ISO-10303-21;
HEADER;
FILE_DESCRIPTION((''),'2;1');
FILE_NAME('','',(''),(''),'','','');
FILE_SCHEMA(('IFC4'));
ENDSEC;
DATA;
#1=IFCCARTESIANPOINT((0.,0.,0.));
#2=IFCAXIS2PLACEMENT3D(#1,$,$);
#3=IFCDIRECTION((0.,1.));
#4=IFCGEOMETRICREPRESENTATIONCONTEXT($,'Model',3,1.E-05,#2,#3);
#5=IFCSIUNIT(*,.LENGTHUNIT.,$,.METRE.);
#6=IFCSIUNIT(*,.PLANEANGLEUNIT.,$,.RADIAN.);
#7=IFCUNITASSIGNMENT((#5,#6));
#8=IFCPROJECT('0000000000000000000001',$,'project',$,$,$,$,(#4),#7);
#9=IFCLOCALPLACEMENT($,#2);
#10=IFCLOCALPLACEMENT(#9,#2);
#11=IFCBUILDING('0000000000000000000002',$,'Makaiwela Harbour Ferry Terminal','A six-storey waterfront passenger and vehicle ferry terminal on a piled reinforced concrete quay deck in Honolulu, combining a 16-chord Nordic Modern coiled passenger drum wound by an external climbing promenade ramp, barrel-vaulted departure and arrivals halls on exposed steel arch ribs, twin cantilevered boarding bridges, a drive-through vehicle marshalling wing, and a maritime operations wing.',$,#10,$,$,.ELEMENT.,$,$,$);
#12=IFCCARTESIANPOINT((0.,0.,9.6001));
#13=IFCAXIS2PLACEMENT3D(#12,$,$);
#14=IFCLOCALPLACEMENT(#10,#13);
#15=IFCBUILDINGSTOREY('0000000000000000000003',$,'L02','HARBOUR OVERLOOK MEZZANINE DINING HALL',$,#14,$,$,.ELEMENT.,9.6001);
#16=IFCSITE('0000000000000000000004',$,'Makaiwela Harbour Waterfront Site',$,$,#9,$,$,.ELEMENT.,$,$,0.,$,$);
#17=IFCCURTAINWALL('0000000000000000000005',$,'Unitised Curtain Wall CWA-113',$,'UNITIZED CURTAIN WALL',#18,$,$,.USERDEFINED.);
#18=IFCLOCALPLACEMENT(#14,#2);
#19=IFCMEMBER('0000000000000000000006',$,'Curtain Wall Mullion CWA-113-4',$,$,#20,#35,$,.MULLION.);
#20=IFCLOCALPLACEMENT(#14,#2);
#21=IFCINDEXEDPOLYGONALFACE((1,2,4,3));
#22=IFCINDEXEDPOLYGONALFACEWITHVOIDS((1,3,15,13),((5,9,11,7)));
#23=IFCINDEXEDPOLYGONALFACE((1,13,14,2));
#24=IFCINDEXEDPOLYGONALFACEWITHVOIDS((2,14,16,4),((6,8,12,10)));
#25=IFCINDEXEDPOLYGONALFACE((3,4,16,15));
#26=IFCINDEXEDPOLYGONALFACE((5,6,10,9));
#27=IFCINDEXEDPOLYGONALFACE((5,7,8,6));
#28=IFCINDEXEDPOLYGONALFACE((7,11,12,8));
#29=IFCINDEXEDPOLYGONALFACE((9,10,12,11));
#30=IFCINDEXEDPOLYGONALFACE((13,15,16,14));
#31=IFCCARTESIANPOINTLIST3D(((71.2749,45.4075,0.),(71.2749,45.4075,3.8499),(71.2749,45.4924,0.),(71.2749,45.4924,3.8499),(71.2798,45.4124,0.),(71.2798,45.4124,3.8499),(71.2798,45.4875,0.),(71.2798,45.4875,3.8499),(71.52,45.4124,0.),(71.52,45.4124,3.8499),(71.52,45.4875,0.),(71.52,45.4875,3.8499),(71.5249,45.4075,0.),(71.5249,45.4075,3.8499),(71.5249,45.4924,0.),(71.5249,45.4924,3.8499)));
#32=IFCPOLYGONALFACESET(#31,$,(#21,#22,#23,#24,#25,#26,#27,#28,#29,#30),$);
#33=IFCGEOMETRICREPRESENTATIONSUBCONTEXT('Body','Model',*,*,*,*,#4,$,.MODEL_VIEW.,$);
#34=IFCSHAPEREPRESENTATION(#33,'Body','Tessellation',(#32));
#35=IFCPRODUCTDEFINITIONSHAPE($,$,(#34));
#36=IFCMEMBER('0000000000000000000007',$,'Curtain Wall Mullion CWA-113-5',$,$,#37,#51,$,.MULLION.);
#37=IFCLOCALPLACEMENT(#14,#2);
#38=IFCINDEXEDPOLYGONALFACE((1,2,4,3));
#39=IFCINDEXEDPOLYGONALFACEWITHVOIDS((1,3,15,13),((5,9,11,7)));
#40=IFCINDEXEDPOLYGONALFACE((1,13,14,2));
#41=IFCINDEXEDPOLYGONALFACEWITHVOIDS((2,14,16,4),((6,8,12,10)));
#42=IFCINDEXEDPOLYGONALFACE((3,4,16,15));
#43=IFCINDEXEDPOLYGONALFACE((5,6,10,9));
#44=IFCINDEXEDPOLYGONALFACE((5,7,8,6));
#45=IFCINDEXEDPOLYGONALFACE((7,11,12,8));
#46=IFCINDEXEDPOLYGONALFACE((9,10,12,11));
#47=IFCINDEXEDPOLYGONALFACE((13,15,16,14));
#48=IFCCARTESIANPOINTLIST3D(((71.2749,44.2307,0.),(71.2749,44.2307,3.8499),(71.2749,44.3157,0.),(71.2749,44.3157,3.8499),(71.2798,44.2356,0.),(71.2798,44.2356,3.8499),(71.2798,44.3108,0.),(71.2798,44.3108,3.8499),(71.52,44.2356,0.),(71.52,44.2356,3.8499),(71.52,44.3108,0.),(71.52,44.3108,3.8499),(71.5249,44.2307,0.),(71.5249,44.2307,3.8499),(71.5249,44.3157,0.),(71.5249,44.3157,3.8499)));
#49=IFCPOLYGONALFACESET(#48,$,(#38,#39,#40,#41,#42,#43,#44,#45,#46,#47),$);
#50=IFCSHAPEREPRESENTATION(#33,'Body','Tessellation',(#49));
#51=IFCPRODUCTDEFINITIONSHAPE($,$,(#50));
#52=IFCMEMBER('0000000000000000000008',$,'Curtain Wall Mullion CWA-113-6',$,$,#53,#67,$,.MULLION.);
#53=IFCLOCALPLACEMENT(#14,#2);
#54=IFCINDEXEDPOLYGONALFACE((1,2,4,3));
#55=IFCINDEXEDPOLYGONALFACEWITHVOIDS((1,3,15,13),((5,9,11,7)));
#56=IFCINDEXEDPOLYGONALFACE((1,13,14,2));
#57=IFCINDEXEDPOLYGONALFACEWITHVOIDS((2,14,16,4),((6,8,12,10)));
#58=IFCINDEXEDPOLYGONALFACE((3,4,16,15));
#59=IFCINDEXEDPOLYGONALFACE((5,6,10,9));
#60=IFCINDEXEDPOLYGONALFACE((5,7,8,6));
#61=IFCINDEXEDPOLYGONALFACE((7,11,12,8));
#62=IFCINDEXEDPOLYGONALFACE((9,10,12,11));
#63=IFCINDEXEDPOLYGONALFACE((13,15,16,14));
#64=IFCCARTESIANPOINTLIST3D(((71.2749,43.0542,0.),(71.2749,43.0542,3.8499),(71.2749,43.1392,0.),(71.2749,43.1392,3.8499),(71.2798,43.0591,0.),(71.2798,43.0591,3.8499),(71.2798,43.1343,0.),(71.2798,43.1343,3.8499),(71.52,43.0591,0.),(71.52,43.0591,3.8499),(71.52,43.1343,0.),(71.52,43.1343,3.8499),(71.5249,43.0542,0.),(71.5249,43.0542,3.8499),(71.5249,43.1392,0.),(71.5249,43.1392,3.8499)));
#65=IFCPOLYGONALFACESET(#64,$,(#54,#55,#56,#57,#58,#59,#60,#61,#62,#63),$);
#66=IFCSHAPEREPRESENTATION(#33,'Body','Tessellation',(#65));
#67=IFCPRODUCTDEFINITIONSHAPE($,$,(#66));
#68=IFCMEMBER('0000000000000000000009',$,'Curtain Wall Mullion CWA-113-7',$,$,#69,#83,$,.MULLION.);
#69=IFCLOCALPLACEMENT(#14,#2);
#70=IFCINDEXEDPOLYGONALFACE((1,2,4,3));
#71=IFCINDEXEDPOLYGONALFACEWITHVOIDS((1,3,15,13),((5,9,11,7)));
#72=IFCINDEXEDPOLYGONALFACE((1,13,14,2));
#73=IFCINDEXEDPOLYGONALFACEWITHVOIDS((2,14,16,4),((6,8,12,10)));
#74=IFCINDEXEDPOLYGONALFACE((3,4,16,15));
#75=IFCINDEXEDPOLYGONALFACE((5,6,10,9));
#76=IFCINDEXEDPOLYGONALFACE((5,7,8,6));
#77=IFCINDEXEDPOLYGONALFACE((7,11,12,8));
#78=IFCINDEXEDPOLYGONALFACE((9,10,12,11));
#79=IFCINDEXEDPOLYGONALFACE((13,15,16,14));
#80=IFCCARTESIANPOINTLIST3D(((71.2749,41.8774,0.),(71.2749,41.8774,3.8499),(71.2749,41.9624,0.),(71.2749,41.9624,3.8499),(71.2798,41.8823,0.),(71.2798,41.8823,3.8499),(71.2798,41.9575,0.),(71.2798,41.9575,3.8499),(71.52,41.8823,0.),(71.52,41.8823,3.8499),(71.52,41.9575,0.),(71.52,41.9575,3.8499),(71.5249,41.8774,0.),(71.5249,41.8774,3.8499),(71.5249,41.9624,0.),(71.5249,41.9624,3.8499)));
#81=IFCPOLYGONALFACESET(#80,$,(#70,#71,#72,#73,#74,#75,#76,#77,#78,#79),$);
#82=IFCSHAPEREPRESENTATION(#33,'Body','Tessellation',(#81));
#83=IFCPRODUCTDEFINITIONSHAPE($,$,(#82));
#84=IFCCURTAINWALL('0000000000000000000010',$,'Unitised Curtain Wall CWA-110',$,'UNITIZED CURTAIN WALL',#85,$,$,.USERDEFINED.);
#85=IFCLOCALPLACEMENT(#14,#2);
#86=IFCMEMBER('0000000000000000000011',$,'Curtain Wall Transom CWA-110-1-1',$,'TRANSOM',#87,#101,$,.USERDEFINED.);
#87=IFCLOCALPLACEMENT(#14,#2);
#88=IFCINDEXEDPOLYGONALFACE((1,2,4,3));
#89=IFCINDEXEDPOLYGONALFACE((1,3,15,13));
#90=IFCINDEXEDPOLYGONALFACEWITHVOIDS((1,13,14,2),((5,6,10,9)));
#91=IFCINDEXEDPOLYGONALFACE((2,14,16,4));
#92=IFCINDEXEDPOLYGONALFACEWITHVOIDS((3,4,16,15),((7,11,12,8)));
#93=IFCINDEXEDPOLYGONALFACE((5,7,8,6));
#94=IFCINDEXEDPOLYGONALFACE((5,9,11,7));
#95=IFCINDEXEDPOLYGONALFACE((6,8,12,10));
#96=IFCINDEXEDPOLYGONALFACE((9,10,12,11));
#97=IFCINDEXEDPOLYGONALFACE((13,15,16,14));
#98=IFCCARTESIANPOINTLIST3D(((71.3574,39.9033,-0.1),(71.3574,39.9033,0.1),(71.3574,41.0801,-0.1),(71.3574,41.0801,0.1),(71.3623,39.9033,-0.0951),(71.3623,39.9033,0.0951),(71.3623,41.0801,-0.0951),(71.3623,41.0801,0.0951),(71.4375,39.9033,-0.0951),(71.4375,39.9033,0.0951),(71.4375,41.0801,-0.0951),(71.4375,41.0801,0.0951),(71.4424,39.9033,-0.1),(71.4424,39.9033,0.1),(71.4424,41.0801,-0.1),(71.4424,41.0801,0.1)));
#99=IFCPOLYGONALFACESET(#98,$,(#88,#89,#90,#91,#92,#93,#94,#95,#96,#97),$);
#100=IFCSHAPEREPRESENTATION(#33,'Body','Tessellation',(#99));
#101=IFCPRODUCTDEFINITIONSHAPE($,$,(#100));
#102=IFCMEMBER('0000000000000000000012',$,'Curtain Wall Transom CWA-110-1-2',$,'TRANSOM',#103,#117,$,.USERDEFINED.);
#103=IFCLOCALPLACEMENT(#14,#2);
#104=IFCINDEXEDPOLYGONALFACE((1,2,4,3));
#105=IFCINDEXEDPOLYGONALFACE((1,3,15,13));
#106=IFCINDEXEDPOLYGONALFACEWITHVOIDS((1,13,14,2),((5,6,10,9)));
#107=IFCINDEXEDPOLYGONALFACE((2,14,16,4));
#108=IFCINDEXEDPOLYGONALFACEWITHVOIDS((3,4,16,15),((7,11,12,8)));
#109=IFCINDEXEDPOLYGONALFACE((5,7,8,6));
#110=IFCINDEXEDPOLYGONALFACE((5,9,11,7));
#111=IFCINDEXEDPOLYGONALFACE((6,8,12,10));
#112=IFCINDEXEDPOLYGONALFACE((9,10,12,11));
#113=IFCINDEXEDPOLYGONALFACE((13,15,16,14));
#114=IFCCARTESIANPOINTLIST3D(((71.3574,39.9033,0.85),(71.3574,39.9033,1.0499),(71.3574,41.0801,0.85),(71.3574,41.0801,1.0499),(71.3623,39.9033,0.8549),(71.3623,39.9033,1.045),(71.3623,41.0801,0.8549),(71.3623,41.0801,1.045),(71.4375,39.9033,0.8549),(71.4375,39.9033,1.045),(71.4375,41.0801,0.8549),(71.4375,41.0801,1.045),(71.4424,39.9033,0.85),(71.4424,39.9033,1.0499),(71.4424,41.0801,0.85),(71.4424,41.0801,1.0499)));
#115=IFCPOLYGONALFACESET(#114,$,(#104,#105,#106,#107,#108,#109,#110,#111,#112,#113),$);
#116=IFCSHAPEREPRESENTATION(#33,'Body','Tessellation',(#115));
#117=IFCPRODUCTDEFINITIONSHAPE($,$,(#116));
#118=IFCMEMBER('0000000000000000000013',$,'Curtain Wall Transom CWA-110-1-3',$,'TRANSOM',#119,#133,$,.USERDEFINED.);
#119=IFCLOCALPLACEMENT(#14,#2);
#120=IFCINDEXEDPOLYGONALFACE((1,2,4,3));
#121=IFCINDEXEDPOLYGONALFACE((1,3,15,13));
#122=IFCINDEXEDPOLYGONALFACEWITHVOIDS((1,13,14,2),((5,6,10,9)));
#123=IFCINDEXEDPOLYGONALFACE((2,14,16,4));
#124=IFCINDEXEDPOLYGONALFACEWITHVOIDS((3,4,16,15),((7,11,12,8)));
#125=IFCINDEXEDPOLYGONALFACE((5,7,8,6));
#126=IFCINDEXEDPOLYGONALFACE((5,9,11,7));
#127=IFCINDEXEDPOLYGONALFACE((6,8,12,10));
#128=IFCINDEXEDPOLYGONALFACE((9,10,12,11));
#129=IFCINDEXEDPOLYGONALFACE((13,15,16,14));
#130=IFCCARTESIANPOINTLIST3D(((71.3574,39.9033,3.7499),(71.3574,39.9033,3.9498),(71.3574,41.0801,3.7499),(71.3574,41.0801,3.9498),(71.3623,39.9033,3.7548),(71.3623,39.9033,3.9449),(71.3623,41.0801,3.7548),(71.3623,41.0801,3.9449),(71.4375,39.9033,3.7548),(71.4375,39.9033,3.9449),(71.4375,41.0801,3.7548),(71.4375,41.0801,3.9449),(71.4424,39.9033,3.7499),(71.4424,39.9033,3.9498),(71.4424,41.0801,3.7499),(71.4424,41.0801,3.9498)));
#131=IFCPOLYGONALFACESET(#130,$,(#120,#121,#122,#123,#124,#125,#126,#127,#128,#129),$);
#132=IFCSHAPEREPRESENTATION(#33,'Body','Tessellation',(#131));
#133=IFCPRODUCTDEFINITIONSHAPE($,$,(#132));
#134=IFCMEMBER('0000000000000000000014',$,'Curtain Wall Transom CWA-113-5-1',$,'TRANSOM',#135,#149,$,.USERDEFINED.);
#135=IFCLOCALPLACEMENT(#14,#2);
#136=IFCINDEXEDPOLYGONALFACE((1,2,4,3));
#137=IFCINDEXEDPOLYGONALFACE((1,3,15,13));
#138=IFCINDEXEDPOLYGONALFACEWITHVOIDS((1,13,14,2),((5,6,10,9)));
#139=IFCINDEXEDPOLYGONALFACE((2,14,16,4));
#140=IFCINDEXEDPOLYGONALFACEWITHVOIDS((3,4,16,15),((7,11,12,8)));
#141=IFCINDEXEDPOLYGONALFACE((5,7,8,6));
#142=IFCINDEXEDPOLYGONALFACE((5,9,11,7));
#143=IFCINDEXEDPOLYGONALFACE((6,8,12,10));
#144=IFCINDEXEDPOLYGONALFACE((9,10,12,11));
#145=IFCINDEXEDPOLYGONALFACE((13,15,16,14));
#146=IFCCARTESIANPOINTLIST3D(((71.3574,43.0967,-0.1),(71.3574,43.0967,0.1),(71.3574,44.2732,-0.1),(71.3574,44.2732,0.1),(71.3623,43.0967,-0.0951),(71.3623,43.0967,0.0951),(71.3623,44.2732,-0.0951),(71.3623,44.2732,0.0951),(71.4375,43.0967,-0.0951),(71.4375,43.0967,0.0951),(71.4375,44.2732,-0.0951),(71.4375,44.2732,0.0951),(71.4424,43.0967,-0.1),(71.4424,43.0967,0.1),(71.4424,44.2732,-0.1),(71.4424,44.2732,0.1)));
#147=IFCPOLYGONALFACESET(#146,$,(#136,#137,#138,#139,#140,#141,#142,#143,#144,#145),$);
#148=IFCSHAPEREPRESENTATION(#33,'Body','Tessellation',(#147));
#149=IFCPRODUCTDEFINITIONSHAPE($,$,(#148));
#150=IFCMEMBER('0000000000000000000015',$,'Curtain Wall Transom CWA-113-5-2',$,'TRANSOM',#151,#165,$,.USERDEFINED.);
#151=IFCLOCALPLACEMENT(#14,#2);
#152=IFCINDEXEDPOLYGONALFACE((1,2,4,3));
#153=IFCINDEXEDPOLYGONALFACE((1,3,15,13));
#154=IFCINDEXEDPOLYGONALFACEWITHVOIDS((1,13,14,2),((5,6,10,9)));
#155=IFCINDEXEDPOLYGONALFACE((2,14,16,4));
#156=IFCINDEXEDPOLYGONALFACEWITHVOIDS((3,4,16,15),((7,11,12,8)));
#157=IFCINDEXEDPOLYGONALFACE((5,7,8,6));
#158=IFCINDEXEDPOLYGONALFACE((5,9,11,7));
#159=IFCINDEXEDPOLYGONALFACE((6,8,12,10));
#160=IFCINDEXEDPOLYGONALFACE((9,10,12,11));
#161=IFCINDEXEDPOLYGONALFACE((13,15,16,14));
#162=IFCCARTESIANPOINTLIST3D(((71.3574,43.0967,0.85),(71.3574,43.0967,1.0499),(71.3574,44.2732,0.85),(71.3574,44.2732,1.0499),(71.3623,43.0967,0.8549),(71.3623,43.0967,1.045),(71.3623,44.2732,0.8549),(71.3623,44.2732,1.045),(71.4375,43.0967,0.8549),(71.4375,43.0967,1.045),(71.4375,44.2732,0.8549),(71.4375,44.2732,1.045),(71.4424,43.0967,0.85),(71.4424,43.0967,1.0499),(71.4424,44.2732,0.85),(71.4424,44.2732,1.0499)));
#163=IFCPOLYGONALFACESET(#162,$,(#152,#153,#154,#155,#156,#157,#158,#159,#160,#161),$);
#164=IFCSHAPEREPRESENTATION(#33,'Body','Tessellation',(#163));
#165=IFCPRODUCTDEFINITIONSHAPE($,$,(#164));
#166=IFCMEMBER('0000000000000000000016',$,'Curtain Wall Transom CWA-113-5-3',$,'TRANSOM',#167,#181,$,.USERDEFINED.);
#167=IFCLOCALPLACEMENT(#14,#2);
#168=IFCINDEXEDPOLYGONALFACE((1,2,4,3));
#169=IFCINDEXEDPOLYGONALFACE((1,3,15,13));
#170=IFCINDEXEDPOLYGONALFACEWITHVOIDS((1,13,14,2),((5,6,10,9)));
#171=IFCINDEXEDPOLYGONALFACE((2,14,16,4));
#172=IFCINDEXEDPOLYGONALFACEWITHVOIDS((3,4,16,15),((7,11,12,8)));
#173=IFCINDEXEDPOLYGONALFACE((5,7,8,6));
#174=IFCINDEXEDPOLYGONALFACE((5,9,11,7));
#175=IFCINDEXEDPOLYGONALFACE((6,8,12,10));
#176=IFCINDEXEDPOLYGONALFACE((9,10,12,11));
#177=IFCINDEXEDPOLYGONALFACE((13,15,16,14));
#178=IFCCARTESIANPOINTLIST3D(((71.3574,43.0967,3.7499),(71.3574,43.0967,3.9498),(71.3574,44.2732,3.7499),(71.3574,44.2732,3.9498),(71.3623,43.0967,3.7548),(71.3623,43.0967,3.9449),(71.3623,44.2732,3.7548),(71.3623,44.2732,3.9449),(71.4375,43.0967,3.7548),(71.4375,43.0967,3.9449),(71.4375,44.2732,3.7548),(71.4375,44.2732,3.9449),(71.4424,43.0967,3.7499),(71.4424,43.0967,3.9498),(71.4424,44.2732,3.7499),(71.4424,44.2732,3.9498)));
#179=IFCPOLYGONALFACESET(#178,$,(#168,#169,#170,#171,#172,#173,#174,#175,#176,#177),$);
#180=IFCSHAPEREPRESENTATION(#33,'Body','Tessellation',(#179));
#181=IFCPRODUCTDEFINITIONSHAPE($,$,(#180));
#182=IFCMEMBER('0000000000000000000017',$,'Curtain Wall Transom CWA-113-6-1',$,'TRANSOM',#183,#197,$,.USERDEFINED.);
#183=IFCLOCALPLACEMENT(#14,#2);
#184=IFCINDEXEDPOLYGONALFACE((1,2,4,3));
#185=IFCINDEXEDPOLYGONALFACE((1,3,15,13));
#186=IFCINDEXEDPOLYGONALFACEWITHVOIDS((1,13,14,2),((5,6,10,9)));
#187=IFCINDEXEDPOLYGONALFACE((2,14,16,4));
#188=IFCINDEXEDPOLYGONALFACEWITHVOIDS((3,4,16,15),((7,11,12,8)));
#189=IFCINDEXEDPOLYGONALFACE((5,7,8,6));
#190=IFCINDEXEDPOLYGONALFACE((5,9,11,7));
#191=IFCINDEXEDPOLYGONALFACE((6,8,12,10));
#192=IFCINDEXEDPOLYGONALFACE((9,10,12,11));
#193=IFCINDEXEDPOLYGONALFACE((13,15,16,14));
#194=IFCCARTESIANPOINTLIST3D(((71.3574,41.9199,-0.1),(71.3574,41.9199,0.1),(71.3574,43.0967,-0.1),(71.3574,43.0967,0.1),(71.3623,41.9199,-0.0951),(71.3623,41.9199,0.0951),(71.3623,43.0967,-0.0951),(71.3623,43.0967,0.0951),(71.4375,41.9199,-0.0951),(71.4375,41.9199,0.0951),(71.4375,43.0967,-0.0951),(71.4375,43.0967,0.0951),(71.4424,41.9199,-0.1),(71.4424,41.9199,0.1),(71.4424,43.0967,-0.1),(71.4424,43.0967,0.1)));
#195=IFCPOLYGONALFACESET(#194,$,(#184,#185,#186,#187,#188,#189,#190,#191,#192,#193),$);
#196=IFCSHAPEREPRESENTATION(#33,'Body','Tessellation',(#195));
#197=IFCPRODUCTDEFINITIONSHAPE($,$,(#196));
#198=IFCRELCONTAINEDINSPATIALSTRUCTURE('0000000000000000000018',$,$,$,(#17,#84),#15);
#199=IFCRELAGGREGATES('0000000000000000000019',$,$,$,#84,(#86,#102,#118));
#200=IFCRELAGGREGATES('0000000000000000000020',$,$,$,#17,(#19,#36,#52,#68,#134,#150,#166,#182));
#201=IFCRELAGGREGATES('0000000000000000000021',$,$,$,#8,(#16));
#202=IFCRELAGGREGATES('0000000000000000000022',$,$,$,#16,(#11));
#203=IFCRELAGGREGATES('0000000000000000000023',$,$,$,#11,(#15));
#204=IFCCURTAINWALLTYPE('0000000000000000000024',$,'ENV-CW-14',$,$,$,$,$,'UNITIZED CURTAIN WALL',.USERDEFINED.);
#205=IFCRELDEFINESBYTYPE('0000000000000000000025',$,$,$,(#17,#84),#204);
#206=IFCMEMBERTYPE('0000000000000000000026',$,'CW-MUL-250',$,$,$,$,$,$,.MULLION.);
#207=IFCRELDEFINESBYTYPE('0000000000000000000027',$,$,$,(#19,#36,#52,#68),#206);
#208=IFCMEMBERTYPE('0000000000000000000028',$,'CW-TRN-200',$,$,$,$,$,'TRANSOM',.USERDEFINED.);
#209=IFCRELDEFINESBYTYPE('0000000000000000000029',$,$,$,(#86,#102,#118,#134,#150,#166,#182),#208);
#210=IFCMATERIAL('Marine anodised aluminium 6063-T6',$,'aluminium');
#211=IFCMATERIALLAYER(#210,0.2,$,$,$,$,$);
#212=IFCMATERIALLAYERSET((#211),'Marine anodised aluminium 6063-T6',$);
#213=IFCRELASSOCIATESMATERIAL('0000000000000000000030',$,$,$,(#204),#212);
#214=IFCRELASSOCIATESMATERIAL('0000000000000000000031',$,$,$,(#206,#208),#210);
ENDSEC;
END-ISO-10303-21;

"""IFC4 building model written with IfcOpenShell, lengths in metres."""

from ifc_helpers import new_model, si_unit, direction, frame, origin, origin_2d, place, context, subcontext, project, spatial, hollow_rectangle, extrude, material, layer, layer_set, material_profile, profile_set, type_object, element, aggregate, save


model = new_model("IFC4")

# Units and contexts
model_context = context("Model", 3, precision=1e-05, world=origin(), true_north=direction((0.0, 1.0)))
body_context = subcontext(model_context, "Body", "Model", "MODEL_VIEW")
ifc_project = project(units=[si_unit("LENGTHUNIT", "METRE"), si_unit("PLANEANGLEUNIT", "RADIAN")], contexts=[model_context])

# Site, building, storey
site_placement = place(None, origin())
site = spatial("IfcSite", under=ifc_project, at=site_placement, Name="Makaiwela Harbour Waterfront Site", CompositionType="ELEMENT", RefElevation=0.0)
building_placement = place(site_placement, origin())
building = spatial("IfcBuilding", under=site, at=building_placement, Name="Makaiwela Harbour Ferry Terminal", Description="A six-storey waterfront passenger and vehicle ferry terminal on a piled reinforced concrete quay deck in Honolulu, combining a 16-chord Nordic Modern coiled passenger drum wound by an external climbing promenade ramp, barrel-vaulted departure and arrivals halls on exposed steel arch ribs, twin cantilevered boarding bridges, a drive-through vehicle marshalling wing, and a maritime operations wing.", CompositionType="ELEMENT")
storey_placement = place(building_placement, frame((0.0, 0.0, 9.6001)))
storey = spatial("IfcBuildingStorey", under=building, at=storey_placement, Name="L02", Description="HARBOUR OVERLOOK MEZZANINE DINING HALL", CompositionType="ELEMENT", Elevation=9.6001)

# Curtain walls, members
ifc_material_1 = material(Name="Marine anodised aluminium 6063-T6", Category="aluminium")
ifc_layer_1 = layer(ifc_material_1, 0.2)
ifc_layer_set_1 = layer_set([ifc_layer_1], Name="Marine anodised aluminium 6063-T6")
curtain_wall_type = type_object("IfcCurtainWallType", Name="ENV-CW-14", ElementType="UNITIZED CURTAIN WALL", PredefinedType="USERDEFINED", material=ifc_layer_set_1)
curtain_wall_1_placement = place(storey_placement, origin())
curtain_wall_1 = element("IfcCurtainWall", 1, at=curtain_wall_1_placement, inside=storey, type_object=curtain_wall_type, Name="Unitised Curtain Wall CWA-113", ObjectType="UNITIZED CURTAIN WALL", PredefinedType="USERDEFINED")
ifc_material_profile_1 = material_profile(ifc_material_1, hollow_rectangle(XDim=0.085, YDim=0.25, WallThickness=0.0049, at=origin_2d()), Name="CWM-250X85")
ifc_profile_set_1 = profile_set([ifc_material_profile_1], Name="Marine anodised aluminium 6063-T6")
member_type_1 = type_object("IfcMemberType", Name="CW-MUL-250", PredefinedType="MULLION", material=ifc_profile_set_1)
member_1_placement = place(storey_placement, frame((71.3999, 45.45, 0.0), z_axis=(0.0, 0.0, 1.0), x_axis=(0.0, 1.0, 0.0)))
member_1 = element("IfcMember", 2, at=member_1_placement, type_object=member_type_1, Name="Curtain Wall Mullion CWA-113-4", PredefinedType="MULLION", context=body_context, shape_type="SweptSolid", body=[
    extrude(hollow_rectangle(XDim=0.085, YDim=0.25, WallThickness=0.0049, at=origin_2d()), origin(), (0.0, 0.0, 1.0), 3.8499),
])
member_2_placement = place(storey_placement, frame((71.3999, 44.2732, 0.0), z_axis=(0.0, 0.0, 1.0), x_axis=(0.0, 1.0, 0.0)))
member_2 = element("IfcMember", 3, at=member_2_placement, type_object=member_type_1, Name="Curtain Wall Mullion CWA-113-5", PredefinedType="MULLION", context=body_context, shape_type="SweptSolid", body=[
    extrude(hollow_rectangle(XDim=0.085, YDim=0.25, WallThickness=0.0049, at=origin_2d()), origin(), (0.0, 0.0, 1.0), 3.8499),
])
member_3_placement = place(storey_placement, frame((71.3999, 43.0967, 0.0), z_axis=(0.0, 0.0, 1.0), x_axis=(0.0, 1.0, 0.0)))
member_3 = element("IfcMember", 4, at=member_3_placement, type_object=member_type_1, Name="Curtain Wall Mullion CWA-113-6", PredefinedType="MULLION", context=body_context, shape_type="SweptSolid", body=[
    extrude(hollow_rectangle(XDim=0.085, YDim=0.25, WallThickness=0.0049, at=origin_2d()), origin(), (0.0, 0.0, 1.0), 3.8499),
])
member_4_placement = place(storey_placement, frame((71.3999, 41.9199, 0.0), z_axis=(0.0, 0.0, 1.0), x_axis=(0.0, 1.0, 0.0)))
member_4 = element("IfcMember", 5, at=member_4_placement, type_object=member_type_1, Name="Curtain Wall Mullion CWA-113-7", PredefinedType="MULLION", context=body_context, shape_type="SweptSolid", body=[
    extrude(hollow_rectangle(XDim=0.085, YDim=0.25, WallThickness=0.0049, at=origin_2d()), origin(), (0.0, 0.0, 1.0), 3.8499),
])
curtain_wall_2_placement = place(storey_placement, origin())
curtain_wall_2 = element("IfcCurtainWall", 6, at=curtain_wall_2_placement, inside=storey, type_object=curtain_wall_type, Name="Unitised Curtain Wall CWA-110", ObjectType="UNITIZED CURTAIN WALL", PredefinedType="USERDEFINED")
ifc_material_profile_2 = material_profile(ifc_material_1, hollow_rectangle(XDim=0.085, YDim=0.2, WallThickness=0.0049, at=origin_2d()), Name="CWT-200X85")
ifc_profile_set_2 = profile_set([ifc_material_profile_2], Name="Marine anodised aluminium 6063-T6")
member_type_2 = type_object("IfcMemberType", Name="CW-TRN-200", ElementType="TRANSOM", PredefinedType="USERDEFINED", material=ifc_profile_set_2)
member_5_placement = place(storey_placement, frame((71.3999, 41.0801, 0.0), z_axis=(0.0, -1.0, 0.0), x_axis=(1.0, 0.0, 0.0)))
member_5 = element("IfcMember", 7, at=member_5_placement, type_object=member_type_2, Name="Curtain Wall Transom CWA-110-1-1", ObjectType="TRANSOM", PredefinedType="USERDEFINED", context=body_context, shape_type="SweptSolid", body=[
    extrude(hollow_rectangle(XDim=0.085, YDim=0.2, WallThickness=0.0049, at=origin_2d()), origin(), (0.0, 0.0, 1.0), 1.1768),
])
member_6_placement = place(storey_placement, frame((71.3999, 41.0801, 0.95), z_axis=(0.0, -1.0, 0.0), x_axis=(1.0, 0.0, 0.0)))
member_6 = element("IfcMember", 8, at=member_6_placement, type_object=member_type_2, Name="Curtain Wall Transom CWA-110-1-2", ObjectType="TRANSOM", PredefinedType="USERDEFINED", context=body_context, shape_type="SweptSolid", body=[
    extrude(hollow_rectangle(XDim=0.085, YDim=0.2, WallThickness=0.0049, at=origin_2d()), origin(), (0.0, 0.0, 1.0), 1.1768),
])
member_7_placement = place(storey_placement, frame((71.3999, 41.0801, 3.8499), z_axis=(0.0, -1.0, 0.0), x_axis=(1.0, 0.0, 0.0)))
member_7 = element("IfcMember", 9, at=member_7_placement, type_object=member_type_2, Name="Curtain Wall Transom CWA-110-1-3", ObjectType="TRANSOM", PredefinedType="USERDEFINED", context=body_context, shape_type="SweptSolid", body=[
    extrude(hollow_rectangle(XDim=0.085, YDim=0.2, WallThickness=0.0049, at=origin_2d()), origin(), (0.0, 0.0, 1.0), 1.1768),
])
aggregate(curtain_wall_2, [member_5, member_6, member_7])

# Members
member_8_placement = place(storey_placement, frame((71.3999, 44.2732, 0.0), z_axis=(0.0, -1.0, 0.0), x_axis=(1.0, 0.0, 0.0)))
member_8 = element("IfcMember", 10, at=member_8_placement, type_object=member_type_2, Name="Curtain Wall Transom CWA-113-5-1", ObjectType="TRANSOM", PredefinedType="USERDEFINED", context=body_context, shape_type="SweptSolid", body=[
    extrude(hollow_rectangle(XDim=0.085, YDim=0.2, WallThickness=0.0049, at=origin_2d()), origin(), (0.0, 0.0, 1.0), 1.1765),
])
member_9_placement = place(storey_placement, frame((71.3999, 44.2732, 0.95), z_axis=(0.0, -1.0, 0.0), x_axis=(1.0, 0.0, 0.0)))
member_9 = element("IfcMember", 11, at=member_9_placement, type_object=member_type_2, Name="Curtain Wall Transom CWA-113-5-2", ObjectType="TRANSOM", PredefinedType="USERDEFINED", context=body_context, shape_type="SweptSolid", body=[
    extrude(hollow_rectangle(XDim=0.085, YDim=0.2, WallThickness=0.0049, at=origin_2d()), origin(), (0.0, 0.0, 1.0), 1.1765),
])
member_10_placement = place(storey_placement, frame((71.3999, 44.2732, 3.8499), z_axis=(0.0, -1.0, 0.0), x_axis=(1.0, 0.0, 0.0)))
member_10 = element("IfcMember", 12, at=member_10_placement, type_object=member_type_2, Name="Curtain Wall Transom CWA-113-5-3", ObjectType="TRANSOM", PredefinedType="USERDEFINED", context=body_context, shape_type="SweptSolid", body=[
    extrude(hollow_rectangle(XDim=0.085, YDim=0.2, WallThickness=0.0049, at=origin_2d()), origin(), (0.0, 0.0, 1.0), 1.1765),
])
member_11_placement = place(storey_placement, frame((71.3999, 43.0967, 0.0), z_axis=(0.0, -1.0, 0.0), x_axis=(1.0, 0.0, 0.0)))
member_11 = element("IfcMember", 13, at=member_11_placement, type_object=member_type_2, Name="Curtain Wall Transom CWA-113-6-1", ObjectType="TRANSOM", PredefinedType="USERDEFINED", context=body_context, shape_type="SweptSolid", body=[
    extrude(hollow_rectangle(XDim=0.085, YDim=0.2, WallThickness=0.0049, at=origin_2d()), origin(), (0.0, 0.0, 1.0), 1.1768),
])

aggregate(curtain_wall_1, [member_1, member_2, member_3, member_4, member_8, member_9, member_10, member_11])

save(model, "model.ifc")
